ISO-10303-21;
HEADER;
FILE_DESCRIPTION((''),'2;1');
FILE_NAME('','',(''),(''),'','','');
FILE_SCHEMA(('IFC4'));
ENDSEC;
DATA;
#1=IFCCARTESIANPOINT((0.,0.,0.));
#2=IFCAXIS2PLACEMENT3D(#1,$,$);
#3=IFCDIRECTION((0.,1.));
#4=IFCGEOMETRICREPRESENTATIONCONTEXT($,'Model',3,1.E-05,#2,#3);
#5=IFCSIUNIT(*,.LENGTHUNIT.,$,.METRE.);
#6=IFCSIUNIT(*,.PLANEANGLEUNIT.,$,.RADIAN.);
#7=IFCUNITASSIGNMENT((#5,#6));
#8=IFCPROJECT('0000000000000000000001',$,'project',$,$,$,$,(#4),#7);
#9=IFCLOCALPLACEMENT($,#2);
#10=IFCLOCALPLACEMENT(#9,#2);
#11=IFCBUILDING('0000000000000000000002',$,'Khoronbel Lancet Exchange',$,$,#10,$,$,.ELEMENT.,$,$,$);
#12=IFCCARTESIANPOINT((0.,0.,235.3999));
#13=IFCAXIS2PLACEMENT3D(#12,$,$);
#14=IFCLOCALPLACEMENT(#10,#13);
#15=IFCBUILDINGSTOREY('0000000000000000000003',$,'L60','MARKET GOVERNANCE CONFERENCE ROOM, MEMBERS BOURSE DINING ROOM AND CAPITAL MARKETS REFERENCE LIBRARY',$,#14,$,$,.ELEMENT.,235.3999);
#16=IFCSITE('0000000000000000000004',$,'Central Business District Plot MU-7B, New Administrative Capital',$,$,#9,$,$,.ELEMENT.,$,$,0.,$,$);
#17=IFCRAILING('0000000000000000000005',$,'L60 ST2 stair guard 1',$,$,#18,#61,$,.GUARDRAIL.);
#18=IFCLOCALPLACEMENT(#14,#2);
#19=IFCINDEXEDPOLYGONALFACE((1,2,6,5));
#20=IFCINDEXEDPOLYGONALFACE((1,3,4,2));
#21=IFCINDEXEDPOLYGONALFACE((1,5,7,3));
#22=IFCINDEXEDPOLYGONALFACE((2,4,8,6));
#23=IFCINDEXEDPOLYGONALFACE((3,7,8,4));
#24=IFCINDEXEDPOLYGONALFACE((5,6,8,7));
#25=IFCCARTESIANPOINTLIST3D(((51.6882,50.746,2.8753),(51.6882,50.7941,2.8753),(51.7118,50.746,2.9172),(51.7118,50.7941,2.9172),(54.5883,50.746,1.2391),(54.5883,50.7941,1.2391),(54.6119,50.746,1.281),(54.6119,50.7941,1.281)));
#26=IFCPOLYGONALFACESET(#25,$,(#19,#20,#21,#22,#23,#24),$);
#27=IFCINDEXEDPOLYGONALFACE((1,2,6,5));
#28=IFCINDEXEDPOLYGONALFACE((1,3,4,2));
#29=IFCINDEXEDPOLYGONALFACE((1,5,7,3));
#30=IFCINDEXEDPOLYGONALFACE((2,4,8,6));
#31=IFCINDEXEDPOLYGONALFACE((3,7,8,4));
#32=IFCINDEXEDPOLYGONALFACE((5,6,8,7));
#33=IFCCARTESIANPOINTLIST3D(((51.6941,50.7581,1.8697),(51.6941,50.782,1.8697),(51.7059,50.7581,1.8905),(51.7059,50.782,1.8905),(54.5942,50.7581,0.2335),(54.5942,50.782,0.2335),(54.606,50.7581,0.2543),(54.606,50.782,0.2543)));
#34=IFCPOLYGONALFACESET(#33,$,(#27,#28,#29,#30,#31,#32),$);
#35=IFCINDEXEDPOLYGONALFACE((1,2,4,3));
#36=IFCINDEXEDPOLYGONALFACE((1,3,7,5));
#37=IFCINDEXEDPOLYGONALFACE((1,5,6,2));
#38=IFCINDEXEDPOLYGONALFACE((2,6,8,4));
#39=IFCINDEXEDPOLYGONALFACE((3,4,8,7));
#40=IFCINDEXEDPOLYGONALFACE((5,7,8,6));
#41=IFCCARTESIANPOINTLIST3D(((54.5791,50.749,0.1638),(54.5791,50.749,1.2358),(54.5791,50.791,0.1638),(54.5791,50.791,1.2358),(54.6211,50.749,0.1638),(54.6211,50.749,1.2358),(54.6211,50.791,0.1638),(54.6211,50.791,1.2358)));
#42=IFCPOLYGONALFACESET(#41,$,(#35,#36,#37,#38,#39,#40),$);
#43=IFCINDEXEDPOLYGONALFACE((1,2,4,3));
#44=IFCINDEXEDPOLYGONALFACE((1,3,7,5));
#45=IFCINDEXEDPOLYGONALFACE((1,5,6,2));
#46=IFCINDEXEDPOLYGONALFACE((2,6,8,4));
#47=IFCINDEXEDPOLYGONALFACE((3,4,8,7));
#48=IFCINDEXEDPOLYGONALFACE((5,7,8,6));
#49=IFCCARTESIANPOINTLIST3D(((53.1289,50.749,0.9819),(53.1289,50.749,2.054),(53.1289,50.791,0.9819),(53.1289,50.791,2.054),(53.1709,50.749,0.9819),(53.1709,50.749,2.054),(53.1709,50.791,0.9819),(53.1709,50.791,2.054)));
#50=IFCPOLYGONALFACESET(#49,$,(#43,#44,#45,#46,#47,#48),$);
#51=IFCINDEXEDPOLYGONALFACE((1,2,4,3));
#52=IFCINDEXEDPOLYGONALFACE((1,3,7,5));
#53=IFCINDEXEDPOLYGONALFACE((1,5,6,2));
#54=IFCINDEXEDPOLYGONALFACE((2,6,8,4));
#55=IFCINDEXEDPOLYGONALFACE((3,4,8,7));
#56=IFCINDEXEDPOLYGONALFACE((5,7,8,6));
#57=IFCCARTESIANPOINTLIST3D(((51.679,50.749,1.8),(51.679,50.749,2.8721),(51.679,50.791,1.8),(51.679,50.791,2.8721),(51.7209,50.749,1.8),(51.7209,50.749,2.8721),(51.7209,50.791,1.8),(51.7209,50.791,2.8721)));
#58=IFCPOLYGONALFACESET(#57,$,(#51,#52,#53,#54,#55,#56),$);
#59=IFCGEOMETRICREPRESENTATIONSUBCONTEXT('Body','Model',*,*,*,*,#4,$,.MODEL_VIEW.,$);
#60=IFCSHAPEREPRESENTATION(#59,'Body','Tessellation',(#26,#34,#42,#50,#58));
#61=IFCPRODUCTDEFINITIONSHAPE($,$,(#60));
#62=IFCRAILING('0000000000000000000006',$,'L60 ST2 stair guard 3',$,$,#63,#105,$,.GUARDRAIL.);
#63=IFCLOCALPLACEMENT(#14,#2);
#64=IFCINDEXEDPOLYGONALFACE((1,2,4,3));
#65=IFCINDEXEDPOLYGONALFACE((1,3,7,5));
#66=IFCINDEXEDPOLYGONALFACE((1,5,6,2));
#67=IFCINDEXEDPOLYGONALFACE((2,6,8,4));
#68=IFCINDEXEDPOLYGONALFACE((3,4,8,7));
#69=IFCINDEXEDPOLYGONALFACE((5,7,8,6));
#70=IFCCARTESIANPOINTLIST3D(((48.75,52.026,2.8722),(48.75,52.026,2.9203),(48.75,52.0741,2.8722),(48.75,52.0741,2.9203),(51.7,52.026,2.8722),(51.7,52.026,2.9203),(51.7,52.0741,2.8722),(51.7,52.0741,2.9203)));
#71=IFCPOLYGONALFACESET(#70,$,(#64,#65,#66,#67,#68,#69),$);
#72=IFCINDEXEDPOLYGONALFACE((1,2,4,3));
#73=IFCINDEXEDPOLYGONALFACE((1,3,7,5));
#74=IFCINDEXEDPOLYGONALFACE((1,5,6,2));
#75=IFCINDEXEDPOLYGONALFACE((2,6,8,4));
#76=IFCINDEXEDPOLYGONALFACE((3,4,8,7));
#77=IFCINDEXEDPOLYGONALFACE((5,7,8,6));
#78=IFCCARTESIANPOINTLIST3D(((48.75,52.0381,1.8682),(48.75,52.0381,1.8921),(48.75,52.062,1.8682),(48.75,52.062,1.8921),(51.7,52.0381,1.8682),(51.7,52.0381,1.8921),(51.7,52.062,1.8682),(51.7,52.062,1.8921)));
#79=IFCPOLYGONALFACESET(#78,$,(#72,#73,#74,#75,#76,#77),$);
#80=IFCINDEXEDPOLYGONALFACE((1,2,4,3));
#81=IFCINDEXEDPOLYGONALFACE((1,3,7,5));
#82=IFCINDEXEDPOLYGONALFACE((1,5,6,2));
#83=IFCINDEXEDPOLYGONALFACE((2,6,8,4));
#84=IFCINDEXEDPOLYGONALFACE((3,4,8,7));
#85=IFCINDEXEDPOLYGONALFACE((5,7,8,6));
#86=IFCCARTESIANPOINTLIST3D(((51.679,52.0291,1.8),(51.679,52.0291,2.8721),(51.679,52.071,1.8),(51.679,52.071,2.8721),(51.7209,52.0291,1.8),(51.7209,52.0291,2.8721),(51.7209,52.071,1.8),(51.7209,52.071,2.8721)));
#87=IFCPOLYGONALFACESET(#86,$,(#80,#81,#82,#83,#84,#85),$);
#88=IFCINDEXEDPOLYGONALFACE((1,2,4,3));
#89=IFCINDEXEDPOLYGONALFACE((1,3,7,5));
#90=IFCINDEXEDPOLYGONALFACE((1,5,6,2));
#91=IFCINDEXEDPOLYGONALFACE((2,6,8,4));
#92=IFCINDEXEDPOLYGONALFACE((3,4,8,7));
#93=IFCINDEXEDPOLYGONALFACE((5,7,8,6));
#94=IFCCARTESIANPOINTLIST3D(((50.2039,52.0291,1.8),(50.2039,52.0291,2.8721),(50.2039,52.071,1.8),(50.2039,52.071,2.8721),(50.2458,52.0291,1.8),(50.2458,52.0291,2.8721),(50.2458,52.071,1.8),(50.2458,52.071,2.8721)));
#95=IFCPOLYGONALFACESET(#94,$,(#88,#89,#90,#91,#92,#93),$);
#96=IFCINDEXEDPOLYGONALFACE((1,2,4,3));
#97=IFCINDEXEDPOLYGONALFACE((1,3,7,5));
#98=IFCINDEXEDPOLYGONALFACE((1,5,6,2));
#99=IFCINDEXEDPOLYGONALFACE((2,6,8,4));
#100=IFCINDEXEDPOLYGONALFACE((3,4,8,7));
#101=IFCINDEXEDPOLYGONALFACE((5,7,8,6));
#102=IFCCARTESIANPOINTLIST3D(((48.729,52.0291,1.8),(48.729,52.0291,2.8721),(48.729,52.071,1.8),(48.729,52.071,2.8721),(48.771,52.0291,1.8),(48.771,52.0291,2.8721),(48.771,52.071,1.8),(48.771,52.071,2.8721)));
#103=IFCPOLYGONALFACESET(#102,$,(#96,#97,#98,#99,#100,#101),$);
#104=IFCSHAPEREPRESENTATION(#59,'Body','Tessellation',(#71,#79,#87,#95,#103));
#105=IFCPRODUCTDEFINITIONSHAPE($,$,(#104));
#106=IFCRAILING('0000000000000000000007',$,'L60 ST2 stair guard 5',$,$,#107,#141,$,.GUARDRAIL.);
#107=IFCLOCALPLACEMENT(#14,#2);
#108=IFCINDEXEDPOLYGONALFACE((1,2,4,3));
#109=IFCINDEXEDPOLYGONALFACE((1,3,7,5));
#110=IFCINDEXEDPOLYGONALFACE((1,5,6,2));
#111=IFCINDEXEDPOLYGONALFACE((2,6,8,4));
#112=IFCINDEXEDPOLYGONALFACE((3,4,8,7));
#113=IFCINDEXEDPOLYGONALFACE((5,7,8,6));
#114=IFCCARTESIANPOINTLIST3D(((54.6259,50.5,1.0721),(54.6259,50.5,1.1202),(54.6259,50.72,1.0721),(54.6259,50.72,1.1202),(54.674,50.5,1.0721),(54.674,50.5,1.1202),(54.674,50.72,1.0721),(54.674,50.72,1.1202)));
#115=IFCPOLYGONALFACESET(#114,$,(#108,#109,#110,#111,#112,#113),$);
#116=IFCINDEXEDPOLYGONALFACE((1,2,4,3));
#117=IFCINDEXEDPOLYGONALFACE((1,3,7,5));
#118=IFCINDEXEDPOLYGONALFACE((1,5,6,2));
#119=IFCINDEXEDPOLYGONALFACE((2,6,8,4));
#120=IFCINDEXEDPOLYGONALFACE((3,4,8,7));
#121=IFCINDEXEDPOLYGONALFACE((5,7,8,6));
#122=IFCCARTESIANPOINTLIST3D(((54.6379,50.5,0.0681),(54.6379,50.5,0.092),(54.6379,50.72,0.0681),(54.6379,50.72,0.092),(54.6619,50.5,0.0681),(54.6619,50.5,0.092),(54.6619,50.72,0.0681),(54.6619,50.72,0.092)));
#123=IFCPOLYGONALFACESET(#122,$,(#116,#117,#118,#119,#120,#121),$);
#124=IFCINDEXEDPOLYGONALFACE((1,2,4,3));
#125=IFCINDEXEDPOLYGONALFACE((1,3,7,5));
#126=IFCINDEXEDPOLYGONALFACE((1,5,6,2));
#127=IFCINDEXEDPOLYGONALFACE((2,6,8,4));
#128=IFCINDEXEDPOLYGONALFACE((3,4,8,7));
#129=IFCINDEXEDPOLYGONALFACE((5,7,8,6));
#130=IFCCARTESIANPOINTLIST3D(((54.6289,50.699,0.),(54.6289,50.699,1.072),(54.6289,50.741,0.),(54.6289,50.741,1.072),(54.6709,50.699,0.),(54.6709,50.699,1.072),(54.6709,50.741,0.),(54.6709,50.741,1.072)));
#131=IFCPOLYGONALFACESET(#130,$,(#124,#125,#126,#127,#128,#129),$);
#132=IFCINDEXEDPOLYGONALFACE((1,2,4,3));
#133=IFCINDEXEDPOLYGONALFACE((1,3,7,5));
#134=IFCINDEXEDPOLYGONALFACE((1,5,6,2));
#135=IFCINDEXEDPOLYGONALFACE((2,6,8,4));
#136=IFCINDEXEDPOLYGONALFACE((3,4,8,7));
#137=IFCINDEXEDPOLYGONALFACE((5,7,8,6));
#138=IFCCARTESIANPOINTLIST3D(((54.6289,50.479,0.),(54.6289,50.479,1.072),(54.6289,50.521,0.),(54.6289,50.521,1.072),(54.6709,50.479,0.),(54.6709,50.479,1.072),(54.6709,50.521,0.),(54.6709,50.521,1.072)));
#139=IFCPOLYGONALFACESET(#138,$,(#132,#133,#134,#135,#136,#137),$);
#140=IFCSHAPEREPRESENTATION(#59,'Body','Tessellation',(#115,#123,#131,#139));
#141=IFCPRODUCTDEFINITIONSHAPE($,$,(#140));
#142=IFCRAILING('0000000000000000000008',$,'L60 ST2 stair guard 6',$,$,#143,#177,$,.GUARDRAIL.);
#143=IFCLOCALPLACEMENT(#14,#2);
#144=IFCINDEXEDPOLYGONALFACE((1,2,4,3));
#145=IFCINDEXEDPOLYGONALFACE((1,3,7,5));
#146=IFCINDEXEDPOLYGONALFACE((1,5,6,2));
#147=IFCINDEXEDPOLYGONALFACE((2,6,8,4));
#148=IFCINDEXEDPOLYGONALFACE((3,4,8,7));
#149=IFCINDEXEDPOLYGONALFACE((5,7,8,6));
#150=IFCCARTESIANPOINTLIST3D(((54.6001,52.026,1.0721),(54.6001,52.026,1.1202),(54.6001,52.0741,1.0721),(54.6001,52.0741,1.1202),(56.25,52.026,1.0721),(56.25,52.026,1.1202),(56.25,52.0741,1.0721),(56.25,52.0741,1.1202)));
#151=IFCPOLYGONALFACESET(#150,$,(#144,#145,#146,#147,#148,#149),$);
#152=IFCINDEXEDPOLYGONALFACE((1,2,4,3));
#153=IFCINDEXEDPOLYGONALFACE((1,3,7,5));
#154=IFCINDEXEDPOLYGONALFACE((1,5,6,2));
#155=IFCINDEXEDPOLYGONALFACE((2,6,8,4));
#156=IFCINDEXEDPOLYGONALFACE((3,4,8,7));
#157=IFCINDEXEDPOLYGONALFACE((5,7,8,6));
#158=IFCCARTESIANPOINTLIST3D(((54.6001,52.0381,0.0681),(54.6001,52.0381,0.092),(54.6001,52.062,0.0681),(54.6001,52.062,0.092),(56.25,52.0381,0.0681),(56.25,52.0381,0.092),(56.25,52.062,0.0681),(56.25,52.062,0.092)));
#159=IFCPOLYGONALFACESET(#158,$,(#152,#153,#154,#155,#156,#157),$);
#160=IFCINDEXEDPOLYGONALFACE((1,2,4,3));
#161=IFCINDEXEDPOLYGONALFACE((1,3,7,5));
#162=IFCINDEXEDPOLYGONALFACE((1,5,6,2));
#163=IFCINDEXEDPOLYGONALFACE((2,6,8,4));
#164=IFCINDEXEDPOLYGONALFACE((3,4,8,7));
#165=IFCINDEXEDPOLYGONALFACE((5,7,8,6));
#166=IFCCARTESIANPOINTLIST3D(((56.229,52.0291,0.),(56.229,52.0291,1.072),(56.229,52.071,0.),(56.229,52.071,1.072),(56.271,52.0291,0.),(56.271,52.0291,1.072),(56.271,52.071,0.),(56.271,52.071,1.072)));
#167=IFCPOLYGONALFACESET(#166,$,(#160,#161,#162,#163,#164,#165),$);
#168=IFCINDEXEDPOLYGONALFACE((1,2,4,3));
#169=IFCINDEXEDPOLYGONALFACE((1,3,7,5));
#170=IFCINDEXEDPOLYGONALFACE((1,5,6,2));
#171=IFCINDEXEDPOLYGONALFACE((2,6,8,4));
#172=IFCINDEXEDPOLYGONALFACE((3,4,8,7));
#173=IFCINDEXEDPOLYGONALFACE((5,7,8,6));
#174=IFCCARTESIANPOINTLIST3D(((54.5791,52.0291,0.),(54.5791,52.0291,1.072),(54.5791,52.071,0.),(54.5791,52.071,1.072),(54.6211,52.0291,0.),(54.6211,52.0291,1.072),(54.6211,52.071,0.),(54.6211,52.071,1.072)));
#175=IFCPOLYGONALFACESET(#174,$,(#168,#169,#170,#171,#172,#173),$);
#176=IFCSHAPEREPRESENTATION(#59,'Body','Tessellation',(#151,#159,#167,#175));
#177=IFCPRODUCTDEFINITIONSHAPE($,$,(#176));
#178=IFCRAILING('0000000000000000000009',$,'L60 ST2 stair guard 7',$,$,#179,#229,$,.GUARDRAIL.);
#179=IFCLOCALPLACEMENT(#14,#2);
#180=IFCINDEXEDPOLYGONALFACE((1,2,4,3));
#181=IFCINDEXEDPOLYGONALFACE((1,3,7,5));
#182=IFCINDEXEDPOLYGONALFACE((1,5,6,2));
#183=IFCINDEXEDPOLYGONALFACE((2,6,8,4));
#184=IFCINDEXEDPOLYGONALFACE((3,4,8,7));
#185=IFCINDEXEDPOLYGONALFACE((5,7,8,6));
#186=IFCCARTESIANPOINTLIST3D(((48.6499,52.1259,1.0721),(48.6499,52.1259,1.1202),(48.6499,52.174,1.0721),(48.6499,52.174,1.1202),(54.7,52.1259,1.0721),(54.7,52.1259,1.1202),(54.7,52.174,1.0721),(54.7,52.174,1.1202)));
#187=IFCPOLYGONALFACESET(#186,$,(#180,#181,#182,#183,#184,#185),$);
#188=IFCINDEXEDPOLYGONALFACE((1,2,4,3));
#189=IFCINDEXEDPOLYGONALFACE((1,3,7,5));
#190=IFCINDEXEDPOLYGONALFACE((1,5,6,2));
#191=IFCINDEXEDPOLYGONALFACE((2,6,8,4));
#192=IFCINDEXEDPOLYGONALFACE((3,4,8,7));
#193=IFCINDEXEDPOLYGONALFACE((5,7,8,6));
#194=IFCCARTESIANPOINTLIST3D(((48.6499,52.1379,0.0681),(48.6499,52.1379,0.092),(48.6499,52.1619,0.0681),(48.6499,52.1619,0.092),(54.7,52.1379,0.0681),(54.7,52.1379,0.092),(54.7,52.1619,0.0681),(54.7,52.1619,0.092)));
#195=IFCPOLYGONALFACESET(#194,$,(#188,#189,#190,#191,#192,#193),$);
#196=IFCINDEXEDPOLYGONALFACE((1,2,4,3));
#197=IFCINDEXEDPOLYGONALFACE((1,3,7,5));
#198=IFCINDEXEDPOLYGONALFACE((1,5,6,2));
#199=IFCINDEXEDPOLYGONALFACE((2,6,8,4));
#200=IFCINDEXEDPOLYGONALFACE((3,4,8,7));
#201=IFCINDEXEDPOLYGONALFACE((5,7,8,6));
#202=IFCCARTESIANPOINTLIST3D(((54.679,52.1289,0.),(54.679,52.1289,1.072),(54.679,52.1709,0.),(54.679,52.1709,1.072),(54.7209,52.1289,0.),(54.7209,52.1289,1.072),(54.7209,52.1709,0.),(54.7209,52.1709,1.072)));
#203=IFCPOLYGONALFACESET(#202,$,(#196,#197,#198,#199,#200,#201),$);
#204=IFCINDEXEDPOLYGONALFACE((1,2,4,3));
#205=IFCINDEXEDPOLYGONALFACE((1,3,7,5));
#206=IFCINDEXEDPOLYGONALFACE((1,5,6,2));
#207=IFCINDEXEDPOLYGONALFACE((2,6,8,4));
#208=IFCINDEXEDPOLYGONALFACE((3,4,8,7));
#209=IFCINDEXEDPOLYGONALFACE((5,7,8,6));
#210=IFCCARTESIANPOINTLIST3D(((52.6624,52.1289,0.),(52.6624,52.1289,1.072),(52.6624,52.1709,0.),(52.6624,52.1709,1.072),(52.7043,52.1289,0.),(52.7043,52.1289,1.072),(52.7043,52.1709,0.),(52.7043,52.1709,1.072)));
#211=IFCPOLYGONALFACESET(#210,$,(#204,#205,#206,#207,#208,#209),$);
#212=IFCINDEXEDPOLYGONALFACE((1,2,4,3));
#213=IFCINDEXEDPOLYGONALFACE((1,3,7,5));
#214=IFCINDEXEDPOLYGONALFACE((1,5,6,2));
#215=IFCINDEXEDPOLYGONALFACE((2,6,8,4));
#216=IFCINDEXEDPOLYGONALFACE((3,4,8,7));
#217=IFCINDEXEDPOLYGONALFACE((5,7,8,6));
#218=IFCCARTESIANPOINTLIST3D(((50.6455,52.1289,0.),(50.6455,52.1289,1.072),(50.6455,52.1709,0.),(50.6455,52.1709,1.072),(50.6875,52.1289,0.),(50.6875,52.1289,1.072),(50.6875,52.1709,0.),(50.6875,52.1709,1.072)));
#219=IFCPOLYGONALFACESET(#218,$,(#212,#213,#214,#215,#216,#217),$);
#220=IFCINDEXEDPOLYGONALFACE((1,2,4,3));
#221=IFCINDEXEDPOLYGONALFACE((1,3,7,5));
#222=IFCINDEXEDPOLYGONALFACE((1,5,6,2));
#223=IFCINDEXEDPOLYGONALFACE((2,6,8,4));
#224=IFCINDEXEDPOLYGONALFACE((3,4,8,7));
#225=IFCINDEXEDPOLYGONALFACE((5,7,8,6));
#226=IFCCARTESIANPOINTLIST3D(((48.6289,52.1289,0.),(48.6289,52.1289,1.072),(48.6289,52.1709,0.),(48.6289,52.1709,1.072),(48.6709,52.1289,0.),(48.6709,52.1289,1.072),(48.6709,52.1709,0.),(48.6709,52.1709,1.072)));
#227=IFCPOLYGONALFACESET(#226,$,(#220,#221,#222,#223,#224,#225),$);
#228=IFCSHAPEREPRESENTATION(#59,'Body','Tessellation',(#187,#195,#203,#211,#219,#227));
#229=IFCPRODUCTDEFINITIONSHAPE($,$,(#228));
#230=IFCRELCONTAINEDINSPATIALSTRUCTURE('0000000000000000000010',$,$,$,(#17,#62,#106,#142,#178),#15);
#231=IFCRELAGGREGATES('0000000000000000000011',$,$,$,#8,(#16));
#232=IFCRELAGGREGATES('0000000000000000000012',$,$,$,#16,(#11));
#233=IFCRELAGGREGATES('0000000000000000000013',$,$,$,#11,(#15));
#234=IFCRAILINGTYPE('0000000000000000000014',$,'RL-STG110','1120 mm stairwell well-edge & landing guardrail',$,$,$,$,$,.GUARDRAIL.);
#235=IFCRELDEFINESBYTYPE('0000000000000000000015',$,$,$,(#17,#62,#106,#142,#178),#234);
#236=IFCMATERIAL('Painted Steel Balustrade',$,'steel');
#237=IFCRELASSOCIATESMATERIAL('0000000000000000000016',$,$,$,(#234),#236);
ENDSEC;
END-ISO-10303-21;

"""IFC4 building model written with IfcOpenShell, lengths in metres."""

from ifc_helpers import new_model, si_unit, direction, frame, origin, origin_2d, place, context, subcontext, project, spatial, rectangle, extrude, material, type_object, element, save


model = new_model("IFC4")

# Units and contexts
model_context = context("Model", 3, precision=1e-05, world=origin(), true_north=direction((0.0, 1.0)))
body_context = subcontext(model_context, "Body", "Model", "MODEL_VIEW")
ifc_project = project(units=[si_unit("LENGTHUNIT", "METRE"), si_unit("PLANEANGLEUNIT", "RADIAN")], contexts=[model_context])

# Site, building, storey
site_placement = place(None, origin())
site = spatial("IfcSite", under=ifc_project, at=site_placement, Name="Central Business District Plot MU-7B, New Administrative Capital", CompositionType="ELEMENT", RefElevation=0.0)
building_placement = place(site_placement, origin())
building = spatial("IfcBuilding", under=site, at=building_placement, Name="Khoronbel Lancet Exchange", CompositionType="ELEMENT")
storey_placement = place(building_placement, frame((0.0, 0.0, 235.3999)))
storey = spatial("IfcBuildingStorey", under=building, at=storey_placement, Name="L60", Description="MARKET GOVERNANCE CONFERENCE ROOM, MEMBERS BOURSE DINING ROOM AND CAPITAL MARKETS REFERENCE LIBRARY", CompositionType="ELEMENT", Elevation=235.3999)

# Railings
ifc_material_1 = material(Name="Painted Steel Balustrade", Category="steel")
railing_type_1 = type_object("IfcRailingType", Name="RL-STG110", Description="1120 mm stairwell well-edge & landing guardrail", PredefinedType="GUARDRAIL", material=ifc_material_1)
railing_1_placement = place(storey_placement, frame((54.6001, 50.77, 0.1638)))
element("IfcRailing", 1, at=railing_1_placement, inside=storey, type_object=railing_type_1, Name="L60 ST2 stair guard 1", PredefinedType="GUARDRAIL", context=body_context, shape_type="SweptSolid", body=[
    extrude(rectangle(XDim=0.0481, YDim=0.0481, at=origin_2d()), frame((0.0, 0.0, 1.0962), z_axis=(-0.870946, 0.0, 0.491378), x_axis=(0.0, -1.0, 0.0)), (0.0, 0.0, 1.0), 3.3298),
    extrude(rectangle(XDim=0.0239, YDim=0.0239, at=origin_2d()), frame((0.0, 0.0, 0.0801), z_axis=(-0.870946, 0.0, 0.491378), x_axis=(0.0, -1.0, 0.0)), (0.0, 0.0, 1.0), 3.3298),
    extrude(rectangle(XDim=0.042, YDim=0.042, at=origin_2d()), origin(), (0.0, 0.0, 1.0), 1.072),
    extrude(rectangle(XDim=0.042, YDim=0.042, at=origin_2d()), frame((-1.4502, 0.0, 0.8181)), (0.0, 0.0, 1.0), 1.072),
    extrude(rectangle(XDim=0.042, YDim=0.042, at=origin_2d()), frame((-2.9001, 0.0, 1.6362)), (0.0, 0.0, 1.0), 1.072),
])
railing_2_placement = place(storey_placement, frame((51.7, 52.05, 1.8)))
element("IfcRailing", 2, at=railing_2_placement, inside=storey, type_object=railing_type_1, Name="L60 ST2 stair guard 3", PredefinedType="GUARDRAIL", context=body_context, shape_type="SweptSolid", body=[
    extrude(rectangle(XDim=0.0481, YDim=0.0481, at=origin_2d()), frame((0.0, 0.0, 1.0962), z_axis=(-1.0, 0.0, 0.0), x_axis=(0.0, -1.0, 0.0)), (0.0, 0.0, 1.0), 2.95),
    extrude(rectangle(XDim=0.0239, YDim=0.0239, at=origin_2d()), frame((0.0, 0.0, 0.0801), z_axis=(-1.0, 0.0, 0.0), x_axis=(0.0, -1.0, 0.0)), (0.0, 0.0, 1.0), 2.95),
    extrude(rectangle(XDim=0.042, YDim=0.042, at=origin_2d()), origin(), (0.0, 0.0, 1.0), 1.072),
    extrude(rectangle(XDim=0.042, YDim=0.042, at=origin_2d()), frame((-1.4751, 0.0, 0.0)), (0.0, 0.0, 1.0), 1.072),
    extrude(rectangle(XDim=0.042, YDim=0.042, at=origin_2d()), frame((-2.95, 0.0, 0.0)), (0.0, 0.0, 1.0), 1.072),
])
railing_3_placement = place(storey_placement, frame((54.6499, 50.72, 0.0)))
element("IfcRailing", 3, at=railing_3_placement, inside=storey, type_object=railing_type_1, Name="L60 ST2 stair guard 5", PredefinedType="GUARDRAIL", context=body_context, shape_type="SweptSolid", body=[
    extrude(rectangle(XDim=0.0481, YDim=0.0481, at=origin_2d()), frame((0.0, 0.0, 1.0962), z_axis=(0.0, -1.0, 0.0), x_axis=(1.0, 0.0, 0.0)), (0.0, 0.0, 1.0), 0.22),
    extrude(rectangle(XDim=0.0239, YDim=0.0239, at=origin_2d()), frame((0.0, 0.0, 0.0801), z_axis=(0.0, -1.0, 0.0), x_axis=(1.0, 0.0, 0.0)), (0.0, 0.0, 1.0), 0.22),
    extrude(rectangle(XDim=0.042, YDim=0.042, at=origin_2d()), origin(), (0.0, 0.0, 1.0), 1.072),
    extrude(rectangle(XDim=0.042, YDim=0.042, at=origin_2d()), frame((0.0, -0.22, 0.0)), (0.0, 0.0, 1.0), 1.072),
])
railing_4_placement = place(storey_placement, frame((56.25, 52.05, 0.0)))
element("IfcRailing", 4, at=railing_4_placement, inside=storey, type_object=railing_type_1, Name="L60 ST2 stair guard 6", PredefinedType="GUARDRAIL", context=body_context, shape_type="SweptSolid", body=[
    extrude(rectangle(XDim=0.0481, YDim=0.0481, at=origin_2d()), frame((0.0, 0.0, 1.0962), z_axis=(-1.0, 0.0, 0.0), x_axis=(0.0, -1.0, 0.0)), (0.0, 0.0, 1.0), 1.6499),
    extrude(rectangle(XDim=0.0239, YDim=0.0239, at=origin_2d()), frame((0.0, 0.0, 0.0801), z_axis=(-1.0, 0.0, 0.0), x_axis=(0.0, -1.0, 0.0)), (0.0, 0.0, 1.0), 1.6499),
    extrude(rectangle(XDim=0.042, YDim=0.042, at=origin_2d()), origin(), (0.0, 0.0, 1.0), 1.072),
    extrude(rectangle(XDim=0.042, YDim=0.042, at=origin_2d()), frame((-1.6499, 0.0, 0.0)), (0.0, 0.0, 1.0), 1.072),
])
railing_5_placement = place(storey_placement, frame((54.7, 52.1499, 0.0)))
element("IfcRailing", 5, at=railing_5_placement, inside=storey, type_object=railing_type_1, Name="L60 ST2 stair guard 7", PredefinedType="GUARDRAIL", context=body_context, shape_type="SweptSolid", body=[
    extrude(rectangle(XDim=0.0481, YDim=0.0481, at=origin_2d()), frame((0.0, 0.0, 1.0962), z_axis=(-1.0, 0.0, 0.0), x_axis=(0.0, -1.0, 0.0)), (0.0, 0.0, 1.0), 6.05),
    extrude(rectangle(XDim=0.0239, YDim=0.0239, at=origin_2d()), frame((0.0, 0.0, 0.0801), z_axis=(-1.0, 0.0, 0.0), x_axis=(0.0, -1.0, 0.0)), (0.0, 0.0, 1.0), 6.05),
    extrude(rectangle(XDim=0.042, YDim=0.042, at=origin_2d()), origin(), (0.0, 0.0, 1.0), 1.072),
    extrude(rectangle(XDim=0.042, YDim=0.042, at=origin_2d()), frame((-2.0166, 0.0, 0.0)), (0.0, 0.0, 1.0), 1.072),
    extrude(rectangle(XDim=0.042, YDim=0.042, at=origin_2d()), frame((-4.0334, 0.0, 0.0)), (0.0, 0.0, 1.0), 1.072),
    extrude(rectangle(XDim=0.042, YDim=0.042, at=origin_2d()), frame((-6.05, 0.0, 0.0)), (0.0, 0.0, 1.0), 1.072),
])

save(model, "model.ifc")
